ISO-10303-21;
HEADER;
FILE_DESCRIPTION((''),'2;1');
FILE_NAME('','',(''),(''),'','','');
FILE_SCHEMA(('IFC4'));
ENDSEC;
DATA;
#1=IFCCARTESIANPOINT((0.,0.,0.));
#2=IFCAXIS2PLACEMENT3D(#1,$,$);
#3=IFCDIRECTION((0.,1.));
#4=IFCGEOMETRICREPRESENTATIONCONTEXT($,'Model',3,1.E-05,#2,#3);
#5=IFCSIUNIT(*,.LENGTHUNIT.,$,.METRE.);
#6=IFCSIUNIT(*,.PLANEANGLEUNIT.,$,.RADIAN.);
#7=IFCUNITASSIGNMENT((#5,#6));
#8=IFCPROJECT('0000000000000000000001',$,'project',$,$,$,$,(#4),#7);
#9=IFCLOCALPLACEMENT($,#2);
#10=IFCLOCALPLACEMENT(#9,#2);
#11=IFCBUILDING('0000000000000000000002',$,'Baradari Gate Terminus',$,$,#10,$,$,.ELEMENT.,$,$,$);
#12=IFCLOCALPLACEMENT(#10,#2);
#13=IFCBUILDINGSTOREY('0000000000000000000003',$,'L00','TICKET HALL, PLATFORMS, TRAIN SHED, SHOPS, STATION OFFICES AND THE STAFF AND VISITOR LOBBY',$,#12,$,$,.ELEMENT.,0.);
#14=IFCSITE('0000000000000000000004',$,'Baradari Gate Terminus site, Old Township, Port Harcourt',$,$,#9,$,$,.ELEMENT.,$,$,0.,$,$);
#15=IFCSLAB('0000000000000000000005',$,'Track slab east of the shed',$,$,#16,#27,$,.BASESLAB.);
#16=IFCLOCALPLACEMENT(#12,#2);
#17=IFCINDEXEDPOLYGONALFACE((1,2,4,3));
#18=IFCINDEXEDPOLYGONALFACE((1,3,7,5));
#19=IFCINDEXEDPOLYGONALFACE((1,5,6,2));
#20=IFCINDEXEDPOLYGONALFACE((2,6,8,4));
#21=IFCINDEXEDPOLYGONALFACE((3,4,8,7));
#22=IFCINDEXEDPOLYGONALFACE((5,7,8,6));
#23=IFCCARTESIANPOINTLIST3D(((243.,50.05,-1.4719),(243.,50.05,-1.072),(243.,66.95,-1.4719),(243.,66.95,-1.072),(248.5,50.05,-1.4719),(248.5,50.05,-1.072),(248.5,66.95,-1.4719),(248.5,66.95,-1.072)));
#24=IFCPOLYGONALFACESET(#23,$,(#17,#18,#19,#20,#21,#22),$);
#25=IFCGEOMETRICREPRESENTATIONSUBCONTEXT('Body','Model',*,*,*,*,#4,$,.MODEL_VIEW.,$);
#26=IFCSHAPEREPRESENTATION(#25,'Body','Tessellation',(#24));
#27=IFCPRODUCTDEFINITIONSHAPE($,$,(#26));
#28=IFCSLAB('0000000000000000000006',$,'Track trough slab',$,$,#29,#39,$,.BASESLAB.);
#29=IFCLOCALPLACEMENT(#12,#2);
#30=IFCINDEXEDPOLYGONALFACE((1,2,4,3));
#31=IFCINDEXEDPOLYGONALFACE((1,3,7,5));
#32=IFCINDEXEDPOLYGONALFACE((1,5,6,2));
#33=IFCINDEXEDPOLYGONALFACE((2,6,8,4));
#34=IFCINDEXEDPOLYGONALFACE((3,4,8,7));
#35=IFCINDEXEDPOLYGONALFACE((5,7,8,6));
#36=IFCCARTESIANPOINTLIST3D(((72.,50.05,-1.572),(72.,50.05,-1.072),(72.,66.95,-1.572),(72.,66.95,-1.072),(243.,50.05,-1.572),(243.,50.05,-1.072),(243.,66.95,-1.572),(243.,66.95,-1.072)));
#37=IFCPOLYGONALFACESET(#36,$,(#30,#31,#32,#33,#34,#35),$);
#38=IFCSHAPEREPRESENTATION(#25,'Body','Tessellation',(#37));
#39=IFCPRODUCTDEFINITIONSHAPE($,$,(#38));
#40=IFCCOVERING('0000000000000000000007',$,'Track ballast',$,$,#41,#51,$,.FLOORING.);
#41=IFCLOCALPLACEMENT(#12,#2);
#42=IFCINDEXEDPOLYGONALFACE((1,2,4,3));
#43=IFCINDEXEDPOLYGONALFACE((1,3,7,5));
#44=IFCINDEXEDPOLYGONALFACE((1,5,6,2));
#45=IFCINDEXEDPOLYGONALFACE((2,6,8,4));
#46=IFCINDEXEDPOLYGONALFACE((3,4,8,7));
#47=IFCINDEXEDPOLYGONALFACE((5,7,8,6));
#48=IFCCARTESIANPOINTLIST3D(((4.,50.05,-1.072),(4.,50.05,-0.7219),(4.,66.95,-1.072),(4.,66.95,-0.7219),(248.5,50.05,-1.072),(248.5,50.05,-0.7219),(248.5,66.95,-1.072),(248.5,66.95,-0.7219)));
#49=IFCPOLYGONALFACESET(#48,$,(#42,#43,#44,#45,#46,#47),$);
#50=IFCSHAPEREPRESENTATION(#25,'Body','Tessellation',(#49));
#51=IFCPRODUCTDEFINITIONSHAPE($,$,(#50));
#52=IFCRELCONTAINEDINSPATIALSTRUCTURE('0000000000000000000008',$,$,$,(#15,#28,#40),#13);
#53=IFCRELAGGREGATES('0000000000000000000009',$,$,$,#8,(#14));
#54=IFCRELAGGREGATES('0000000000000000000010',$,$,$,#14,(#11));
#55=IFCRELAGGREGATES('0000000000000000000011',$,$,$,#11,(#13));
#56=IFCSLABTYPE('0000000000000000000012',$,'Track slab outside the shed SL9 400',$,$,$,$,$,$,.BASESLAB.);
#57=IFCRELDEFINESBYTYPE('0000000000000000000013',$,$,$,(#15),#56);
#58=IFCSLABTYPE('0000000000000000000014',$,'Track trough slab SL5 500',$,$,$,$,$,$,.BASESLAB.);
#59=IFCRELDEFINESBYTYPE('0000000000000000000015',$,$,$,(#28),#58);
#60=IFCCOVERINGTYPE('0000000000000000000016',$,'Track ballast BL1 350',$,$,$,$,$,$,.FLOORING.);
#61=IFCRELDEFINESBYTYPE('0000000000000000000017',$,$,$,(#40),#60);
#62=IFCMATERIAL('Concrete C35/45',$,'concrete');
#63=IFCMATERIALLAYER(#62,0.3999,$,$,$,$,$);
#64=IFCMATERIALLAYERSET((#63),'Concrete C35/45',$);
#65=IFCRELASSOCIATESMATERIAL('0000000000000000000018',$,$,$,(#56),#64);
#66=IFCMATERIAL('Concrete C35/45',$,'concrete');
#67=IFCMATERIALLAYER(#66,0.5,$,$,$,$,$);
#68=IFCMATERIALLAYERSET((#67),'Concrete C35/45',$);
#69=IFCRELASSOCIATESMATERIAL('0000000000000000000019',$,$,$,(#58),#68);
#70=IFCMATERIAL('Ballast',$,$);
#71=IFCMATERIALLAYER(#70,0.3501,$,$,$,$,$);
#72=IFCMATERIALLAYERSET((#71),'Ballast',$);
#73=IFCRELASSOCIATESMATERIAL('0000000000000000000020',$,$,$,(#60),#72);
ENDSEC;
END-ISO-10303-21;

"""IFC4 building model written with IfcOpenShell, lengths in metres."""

from ifc_helpers import new_model, si_unit, direction, frame, origin, place, context, subcontext, project, spatial, polyline, outline, extrude, material, layer, layer_set, type_object, element, save


model = new_model("IFC4")

# Units and contexts
model_context = context("Model", 3, precision=1e-05, world=origin(), true_north=direction((0.0, 1.0)))
body_context = subcontext(model_context, "Body", "Model", "MODEL_VIEW")
ifc_project = project(units=[si_unit("LENGTHUNIT", "METRE"), si_unit("PLANEANGLEUNIT", "RADIAN")], contexts=[model_context])

# Site, building, storey
site_placement = place(None, origin())
site = spatial("IfcSite", under=ifc_project, at=site_placement, Name="Baradari Gate Terminus site, Old Township, Port Harcourt", CompositionType="ELEMENT", RefElevation=0.0)
building_placement = place(site_placement, origin())
building = spatial("IfcBuilding", under=site, at=building_placement, Name="Baradari Gate Terminus", CompositionType="ELEMENT")
storey_placement = place(building_placement, origin())
storey = spatial("IfcBuildingStorey", under=building, at=storey_placement, Name="L00", Description="TICKET HALL, PLATFORMS, TRAIN SHED, SHOPS, STATION OFFICES AND THE STAFF AND VISITOR LOBBY", CompositionType="ELEMENT", Elevation=0.0)

# Slabs
ifc_material_1 = material(Name="Concrete C35/45", Category="concrete")
ifc_layer_1 = layer(ifc_material_1, 0.3999)
ifc_layer_set_1 = layer_set([ifc_layer_1], Name="Concrete C35/45")
slab_type_1 = type_object("IfcSlabType", Name="Track slab outside the shed SL9 400", PredefinedType="BASESLAB", material=ifc_layer_set_1)
slab_1_placement = place(storey_placement, frame((0.0, 0.0, -1.4719)))
element("IfcSlab", 1, at=slab_1_placement, inside=storey, type_object=slab_type_1, Name="Track slab east of the shed", PredefinedType="BASESLAB", context=body_context, shape_type="SweptSolid", body=[
    extrude(outline(polyline([(248.5, 50.05), (248.5, 66.95), (243.0, 66.95), (243.0, 50.05), (248.5, 50.05)])), origin(), (0.0, 0.0, 1.0), 0.3999),
])
ifc_material_2 = material(Name="Concrete C35/45", Category="concrete")
ifc_layer_2 = layer(ifc_material_2, 0.5)
ifc_layer_set_2 = layer_set([ifc_layer_2], Name="Concrete C35/45")
slab_type_2 = type_object("IfcSlabType", Name="Track trough slab SL5 500", PredefinedType="BASESLAB", material=ifc_layer_set_2)
slab_2_placement = place(storey_placement, frame((0.0, 0.0, -1.572)))
element("IfcSlab", 2, at=slab_2_placement, inside=storey, type_object=slab_type_2, Name="Track trough slab", PredefinedType="BASESLAB", context=body_context, shape_type="SweptSolid", body=[
    extrude(outline(polyline([(243.0, 50.05), (243.0, 66.95), (72.0, 66.95), (72.0, 50.05), (243.0, 50.05)])), origin(), (0.0, 0.0, 1.0), 0.5),
])

# Covering
ifc_material_3 = material(Name="Ballast")
ifc_layer_3 = layer(ifc_material_3, 0.3501)
ifc_layer_set_3 = layer_set([ifc_layer_3], Name="Ballast")
covering_type = type_object("IfcCoveringType", Name="Track ballast BL1 350", PredefinedType="FLOORING", material=ifc_layer_set_3)
covering_placement = place(storey_placement, frame((0.0, 0.0, -1.072)))
element("IfcCovering", 3, at=covering_placement, inside=storey, type_object=covering_type, Name="Track ballast", PredefinedType="FLOORING", context=body_context, shape_type="SweptSolid", body=[
    extrude(outline(polyline([(4.0, 50.05), (248.5, 50.05), (248.5, 66.95), (4.0, 66.95), (4.0, 50.05)])), origin(), (0.0, 0.0, 1.0), 0.3501),
])

save(model, "model.ifc")
